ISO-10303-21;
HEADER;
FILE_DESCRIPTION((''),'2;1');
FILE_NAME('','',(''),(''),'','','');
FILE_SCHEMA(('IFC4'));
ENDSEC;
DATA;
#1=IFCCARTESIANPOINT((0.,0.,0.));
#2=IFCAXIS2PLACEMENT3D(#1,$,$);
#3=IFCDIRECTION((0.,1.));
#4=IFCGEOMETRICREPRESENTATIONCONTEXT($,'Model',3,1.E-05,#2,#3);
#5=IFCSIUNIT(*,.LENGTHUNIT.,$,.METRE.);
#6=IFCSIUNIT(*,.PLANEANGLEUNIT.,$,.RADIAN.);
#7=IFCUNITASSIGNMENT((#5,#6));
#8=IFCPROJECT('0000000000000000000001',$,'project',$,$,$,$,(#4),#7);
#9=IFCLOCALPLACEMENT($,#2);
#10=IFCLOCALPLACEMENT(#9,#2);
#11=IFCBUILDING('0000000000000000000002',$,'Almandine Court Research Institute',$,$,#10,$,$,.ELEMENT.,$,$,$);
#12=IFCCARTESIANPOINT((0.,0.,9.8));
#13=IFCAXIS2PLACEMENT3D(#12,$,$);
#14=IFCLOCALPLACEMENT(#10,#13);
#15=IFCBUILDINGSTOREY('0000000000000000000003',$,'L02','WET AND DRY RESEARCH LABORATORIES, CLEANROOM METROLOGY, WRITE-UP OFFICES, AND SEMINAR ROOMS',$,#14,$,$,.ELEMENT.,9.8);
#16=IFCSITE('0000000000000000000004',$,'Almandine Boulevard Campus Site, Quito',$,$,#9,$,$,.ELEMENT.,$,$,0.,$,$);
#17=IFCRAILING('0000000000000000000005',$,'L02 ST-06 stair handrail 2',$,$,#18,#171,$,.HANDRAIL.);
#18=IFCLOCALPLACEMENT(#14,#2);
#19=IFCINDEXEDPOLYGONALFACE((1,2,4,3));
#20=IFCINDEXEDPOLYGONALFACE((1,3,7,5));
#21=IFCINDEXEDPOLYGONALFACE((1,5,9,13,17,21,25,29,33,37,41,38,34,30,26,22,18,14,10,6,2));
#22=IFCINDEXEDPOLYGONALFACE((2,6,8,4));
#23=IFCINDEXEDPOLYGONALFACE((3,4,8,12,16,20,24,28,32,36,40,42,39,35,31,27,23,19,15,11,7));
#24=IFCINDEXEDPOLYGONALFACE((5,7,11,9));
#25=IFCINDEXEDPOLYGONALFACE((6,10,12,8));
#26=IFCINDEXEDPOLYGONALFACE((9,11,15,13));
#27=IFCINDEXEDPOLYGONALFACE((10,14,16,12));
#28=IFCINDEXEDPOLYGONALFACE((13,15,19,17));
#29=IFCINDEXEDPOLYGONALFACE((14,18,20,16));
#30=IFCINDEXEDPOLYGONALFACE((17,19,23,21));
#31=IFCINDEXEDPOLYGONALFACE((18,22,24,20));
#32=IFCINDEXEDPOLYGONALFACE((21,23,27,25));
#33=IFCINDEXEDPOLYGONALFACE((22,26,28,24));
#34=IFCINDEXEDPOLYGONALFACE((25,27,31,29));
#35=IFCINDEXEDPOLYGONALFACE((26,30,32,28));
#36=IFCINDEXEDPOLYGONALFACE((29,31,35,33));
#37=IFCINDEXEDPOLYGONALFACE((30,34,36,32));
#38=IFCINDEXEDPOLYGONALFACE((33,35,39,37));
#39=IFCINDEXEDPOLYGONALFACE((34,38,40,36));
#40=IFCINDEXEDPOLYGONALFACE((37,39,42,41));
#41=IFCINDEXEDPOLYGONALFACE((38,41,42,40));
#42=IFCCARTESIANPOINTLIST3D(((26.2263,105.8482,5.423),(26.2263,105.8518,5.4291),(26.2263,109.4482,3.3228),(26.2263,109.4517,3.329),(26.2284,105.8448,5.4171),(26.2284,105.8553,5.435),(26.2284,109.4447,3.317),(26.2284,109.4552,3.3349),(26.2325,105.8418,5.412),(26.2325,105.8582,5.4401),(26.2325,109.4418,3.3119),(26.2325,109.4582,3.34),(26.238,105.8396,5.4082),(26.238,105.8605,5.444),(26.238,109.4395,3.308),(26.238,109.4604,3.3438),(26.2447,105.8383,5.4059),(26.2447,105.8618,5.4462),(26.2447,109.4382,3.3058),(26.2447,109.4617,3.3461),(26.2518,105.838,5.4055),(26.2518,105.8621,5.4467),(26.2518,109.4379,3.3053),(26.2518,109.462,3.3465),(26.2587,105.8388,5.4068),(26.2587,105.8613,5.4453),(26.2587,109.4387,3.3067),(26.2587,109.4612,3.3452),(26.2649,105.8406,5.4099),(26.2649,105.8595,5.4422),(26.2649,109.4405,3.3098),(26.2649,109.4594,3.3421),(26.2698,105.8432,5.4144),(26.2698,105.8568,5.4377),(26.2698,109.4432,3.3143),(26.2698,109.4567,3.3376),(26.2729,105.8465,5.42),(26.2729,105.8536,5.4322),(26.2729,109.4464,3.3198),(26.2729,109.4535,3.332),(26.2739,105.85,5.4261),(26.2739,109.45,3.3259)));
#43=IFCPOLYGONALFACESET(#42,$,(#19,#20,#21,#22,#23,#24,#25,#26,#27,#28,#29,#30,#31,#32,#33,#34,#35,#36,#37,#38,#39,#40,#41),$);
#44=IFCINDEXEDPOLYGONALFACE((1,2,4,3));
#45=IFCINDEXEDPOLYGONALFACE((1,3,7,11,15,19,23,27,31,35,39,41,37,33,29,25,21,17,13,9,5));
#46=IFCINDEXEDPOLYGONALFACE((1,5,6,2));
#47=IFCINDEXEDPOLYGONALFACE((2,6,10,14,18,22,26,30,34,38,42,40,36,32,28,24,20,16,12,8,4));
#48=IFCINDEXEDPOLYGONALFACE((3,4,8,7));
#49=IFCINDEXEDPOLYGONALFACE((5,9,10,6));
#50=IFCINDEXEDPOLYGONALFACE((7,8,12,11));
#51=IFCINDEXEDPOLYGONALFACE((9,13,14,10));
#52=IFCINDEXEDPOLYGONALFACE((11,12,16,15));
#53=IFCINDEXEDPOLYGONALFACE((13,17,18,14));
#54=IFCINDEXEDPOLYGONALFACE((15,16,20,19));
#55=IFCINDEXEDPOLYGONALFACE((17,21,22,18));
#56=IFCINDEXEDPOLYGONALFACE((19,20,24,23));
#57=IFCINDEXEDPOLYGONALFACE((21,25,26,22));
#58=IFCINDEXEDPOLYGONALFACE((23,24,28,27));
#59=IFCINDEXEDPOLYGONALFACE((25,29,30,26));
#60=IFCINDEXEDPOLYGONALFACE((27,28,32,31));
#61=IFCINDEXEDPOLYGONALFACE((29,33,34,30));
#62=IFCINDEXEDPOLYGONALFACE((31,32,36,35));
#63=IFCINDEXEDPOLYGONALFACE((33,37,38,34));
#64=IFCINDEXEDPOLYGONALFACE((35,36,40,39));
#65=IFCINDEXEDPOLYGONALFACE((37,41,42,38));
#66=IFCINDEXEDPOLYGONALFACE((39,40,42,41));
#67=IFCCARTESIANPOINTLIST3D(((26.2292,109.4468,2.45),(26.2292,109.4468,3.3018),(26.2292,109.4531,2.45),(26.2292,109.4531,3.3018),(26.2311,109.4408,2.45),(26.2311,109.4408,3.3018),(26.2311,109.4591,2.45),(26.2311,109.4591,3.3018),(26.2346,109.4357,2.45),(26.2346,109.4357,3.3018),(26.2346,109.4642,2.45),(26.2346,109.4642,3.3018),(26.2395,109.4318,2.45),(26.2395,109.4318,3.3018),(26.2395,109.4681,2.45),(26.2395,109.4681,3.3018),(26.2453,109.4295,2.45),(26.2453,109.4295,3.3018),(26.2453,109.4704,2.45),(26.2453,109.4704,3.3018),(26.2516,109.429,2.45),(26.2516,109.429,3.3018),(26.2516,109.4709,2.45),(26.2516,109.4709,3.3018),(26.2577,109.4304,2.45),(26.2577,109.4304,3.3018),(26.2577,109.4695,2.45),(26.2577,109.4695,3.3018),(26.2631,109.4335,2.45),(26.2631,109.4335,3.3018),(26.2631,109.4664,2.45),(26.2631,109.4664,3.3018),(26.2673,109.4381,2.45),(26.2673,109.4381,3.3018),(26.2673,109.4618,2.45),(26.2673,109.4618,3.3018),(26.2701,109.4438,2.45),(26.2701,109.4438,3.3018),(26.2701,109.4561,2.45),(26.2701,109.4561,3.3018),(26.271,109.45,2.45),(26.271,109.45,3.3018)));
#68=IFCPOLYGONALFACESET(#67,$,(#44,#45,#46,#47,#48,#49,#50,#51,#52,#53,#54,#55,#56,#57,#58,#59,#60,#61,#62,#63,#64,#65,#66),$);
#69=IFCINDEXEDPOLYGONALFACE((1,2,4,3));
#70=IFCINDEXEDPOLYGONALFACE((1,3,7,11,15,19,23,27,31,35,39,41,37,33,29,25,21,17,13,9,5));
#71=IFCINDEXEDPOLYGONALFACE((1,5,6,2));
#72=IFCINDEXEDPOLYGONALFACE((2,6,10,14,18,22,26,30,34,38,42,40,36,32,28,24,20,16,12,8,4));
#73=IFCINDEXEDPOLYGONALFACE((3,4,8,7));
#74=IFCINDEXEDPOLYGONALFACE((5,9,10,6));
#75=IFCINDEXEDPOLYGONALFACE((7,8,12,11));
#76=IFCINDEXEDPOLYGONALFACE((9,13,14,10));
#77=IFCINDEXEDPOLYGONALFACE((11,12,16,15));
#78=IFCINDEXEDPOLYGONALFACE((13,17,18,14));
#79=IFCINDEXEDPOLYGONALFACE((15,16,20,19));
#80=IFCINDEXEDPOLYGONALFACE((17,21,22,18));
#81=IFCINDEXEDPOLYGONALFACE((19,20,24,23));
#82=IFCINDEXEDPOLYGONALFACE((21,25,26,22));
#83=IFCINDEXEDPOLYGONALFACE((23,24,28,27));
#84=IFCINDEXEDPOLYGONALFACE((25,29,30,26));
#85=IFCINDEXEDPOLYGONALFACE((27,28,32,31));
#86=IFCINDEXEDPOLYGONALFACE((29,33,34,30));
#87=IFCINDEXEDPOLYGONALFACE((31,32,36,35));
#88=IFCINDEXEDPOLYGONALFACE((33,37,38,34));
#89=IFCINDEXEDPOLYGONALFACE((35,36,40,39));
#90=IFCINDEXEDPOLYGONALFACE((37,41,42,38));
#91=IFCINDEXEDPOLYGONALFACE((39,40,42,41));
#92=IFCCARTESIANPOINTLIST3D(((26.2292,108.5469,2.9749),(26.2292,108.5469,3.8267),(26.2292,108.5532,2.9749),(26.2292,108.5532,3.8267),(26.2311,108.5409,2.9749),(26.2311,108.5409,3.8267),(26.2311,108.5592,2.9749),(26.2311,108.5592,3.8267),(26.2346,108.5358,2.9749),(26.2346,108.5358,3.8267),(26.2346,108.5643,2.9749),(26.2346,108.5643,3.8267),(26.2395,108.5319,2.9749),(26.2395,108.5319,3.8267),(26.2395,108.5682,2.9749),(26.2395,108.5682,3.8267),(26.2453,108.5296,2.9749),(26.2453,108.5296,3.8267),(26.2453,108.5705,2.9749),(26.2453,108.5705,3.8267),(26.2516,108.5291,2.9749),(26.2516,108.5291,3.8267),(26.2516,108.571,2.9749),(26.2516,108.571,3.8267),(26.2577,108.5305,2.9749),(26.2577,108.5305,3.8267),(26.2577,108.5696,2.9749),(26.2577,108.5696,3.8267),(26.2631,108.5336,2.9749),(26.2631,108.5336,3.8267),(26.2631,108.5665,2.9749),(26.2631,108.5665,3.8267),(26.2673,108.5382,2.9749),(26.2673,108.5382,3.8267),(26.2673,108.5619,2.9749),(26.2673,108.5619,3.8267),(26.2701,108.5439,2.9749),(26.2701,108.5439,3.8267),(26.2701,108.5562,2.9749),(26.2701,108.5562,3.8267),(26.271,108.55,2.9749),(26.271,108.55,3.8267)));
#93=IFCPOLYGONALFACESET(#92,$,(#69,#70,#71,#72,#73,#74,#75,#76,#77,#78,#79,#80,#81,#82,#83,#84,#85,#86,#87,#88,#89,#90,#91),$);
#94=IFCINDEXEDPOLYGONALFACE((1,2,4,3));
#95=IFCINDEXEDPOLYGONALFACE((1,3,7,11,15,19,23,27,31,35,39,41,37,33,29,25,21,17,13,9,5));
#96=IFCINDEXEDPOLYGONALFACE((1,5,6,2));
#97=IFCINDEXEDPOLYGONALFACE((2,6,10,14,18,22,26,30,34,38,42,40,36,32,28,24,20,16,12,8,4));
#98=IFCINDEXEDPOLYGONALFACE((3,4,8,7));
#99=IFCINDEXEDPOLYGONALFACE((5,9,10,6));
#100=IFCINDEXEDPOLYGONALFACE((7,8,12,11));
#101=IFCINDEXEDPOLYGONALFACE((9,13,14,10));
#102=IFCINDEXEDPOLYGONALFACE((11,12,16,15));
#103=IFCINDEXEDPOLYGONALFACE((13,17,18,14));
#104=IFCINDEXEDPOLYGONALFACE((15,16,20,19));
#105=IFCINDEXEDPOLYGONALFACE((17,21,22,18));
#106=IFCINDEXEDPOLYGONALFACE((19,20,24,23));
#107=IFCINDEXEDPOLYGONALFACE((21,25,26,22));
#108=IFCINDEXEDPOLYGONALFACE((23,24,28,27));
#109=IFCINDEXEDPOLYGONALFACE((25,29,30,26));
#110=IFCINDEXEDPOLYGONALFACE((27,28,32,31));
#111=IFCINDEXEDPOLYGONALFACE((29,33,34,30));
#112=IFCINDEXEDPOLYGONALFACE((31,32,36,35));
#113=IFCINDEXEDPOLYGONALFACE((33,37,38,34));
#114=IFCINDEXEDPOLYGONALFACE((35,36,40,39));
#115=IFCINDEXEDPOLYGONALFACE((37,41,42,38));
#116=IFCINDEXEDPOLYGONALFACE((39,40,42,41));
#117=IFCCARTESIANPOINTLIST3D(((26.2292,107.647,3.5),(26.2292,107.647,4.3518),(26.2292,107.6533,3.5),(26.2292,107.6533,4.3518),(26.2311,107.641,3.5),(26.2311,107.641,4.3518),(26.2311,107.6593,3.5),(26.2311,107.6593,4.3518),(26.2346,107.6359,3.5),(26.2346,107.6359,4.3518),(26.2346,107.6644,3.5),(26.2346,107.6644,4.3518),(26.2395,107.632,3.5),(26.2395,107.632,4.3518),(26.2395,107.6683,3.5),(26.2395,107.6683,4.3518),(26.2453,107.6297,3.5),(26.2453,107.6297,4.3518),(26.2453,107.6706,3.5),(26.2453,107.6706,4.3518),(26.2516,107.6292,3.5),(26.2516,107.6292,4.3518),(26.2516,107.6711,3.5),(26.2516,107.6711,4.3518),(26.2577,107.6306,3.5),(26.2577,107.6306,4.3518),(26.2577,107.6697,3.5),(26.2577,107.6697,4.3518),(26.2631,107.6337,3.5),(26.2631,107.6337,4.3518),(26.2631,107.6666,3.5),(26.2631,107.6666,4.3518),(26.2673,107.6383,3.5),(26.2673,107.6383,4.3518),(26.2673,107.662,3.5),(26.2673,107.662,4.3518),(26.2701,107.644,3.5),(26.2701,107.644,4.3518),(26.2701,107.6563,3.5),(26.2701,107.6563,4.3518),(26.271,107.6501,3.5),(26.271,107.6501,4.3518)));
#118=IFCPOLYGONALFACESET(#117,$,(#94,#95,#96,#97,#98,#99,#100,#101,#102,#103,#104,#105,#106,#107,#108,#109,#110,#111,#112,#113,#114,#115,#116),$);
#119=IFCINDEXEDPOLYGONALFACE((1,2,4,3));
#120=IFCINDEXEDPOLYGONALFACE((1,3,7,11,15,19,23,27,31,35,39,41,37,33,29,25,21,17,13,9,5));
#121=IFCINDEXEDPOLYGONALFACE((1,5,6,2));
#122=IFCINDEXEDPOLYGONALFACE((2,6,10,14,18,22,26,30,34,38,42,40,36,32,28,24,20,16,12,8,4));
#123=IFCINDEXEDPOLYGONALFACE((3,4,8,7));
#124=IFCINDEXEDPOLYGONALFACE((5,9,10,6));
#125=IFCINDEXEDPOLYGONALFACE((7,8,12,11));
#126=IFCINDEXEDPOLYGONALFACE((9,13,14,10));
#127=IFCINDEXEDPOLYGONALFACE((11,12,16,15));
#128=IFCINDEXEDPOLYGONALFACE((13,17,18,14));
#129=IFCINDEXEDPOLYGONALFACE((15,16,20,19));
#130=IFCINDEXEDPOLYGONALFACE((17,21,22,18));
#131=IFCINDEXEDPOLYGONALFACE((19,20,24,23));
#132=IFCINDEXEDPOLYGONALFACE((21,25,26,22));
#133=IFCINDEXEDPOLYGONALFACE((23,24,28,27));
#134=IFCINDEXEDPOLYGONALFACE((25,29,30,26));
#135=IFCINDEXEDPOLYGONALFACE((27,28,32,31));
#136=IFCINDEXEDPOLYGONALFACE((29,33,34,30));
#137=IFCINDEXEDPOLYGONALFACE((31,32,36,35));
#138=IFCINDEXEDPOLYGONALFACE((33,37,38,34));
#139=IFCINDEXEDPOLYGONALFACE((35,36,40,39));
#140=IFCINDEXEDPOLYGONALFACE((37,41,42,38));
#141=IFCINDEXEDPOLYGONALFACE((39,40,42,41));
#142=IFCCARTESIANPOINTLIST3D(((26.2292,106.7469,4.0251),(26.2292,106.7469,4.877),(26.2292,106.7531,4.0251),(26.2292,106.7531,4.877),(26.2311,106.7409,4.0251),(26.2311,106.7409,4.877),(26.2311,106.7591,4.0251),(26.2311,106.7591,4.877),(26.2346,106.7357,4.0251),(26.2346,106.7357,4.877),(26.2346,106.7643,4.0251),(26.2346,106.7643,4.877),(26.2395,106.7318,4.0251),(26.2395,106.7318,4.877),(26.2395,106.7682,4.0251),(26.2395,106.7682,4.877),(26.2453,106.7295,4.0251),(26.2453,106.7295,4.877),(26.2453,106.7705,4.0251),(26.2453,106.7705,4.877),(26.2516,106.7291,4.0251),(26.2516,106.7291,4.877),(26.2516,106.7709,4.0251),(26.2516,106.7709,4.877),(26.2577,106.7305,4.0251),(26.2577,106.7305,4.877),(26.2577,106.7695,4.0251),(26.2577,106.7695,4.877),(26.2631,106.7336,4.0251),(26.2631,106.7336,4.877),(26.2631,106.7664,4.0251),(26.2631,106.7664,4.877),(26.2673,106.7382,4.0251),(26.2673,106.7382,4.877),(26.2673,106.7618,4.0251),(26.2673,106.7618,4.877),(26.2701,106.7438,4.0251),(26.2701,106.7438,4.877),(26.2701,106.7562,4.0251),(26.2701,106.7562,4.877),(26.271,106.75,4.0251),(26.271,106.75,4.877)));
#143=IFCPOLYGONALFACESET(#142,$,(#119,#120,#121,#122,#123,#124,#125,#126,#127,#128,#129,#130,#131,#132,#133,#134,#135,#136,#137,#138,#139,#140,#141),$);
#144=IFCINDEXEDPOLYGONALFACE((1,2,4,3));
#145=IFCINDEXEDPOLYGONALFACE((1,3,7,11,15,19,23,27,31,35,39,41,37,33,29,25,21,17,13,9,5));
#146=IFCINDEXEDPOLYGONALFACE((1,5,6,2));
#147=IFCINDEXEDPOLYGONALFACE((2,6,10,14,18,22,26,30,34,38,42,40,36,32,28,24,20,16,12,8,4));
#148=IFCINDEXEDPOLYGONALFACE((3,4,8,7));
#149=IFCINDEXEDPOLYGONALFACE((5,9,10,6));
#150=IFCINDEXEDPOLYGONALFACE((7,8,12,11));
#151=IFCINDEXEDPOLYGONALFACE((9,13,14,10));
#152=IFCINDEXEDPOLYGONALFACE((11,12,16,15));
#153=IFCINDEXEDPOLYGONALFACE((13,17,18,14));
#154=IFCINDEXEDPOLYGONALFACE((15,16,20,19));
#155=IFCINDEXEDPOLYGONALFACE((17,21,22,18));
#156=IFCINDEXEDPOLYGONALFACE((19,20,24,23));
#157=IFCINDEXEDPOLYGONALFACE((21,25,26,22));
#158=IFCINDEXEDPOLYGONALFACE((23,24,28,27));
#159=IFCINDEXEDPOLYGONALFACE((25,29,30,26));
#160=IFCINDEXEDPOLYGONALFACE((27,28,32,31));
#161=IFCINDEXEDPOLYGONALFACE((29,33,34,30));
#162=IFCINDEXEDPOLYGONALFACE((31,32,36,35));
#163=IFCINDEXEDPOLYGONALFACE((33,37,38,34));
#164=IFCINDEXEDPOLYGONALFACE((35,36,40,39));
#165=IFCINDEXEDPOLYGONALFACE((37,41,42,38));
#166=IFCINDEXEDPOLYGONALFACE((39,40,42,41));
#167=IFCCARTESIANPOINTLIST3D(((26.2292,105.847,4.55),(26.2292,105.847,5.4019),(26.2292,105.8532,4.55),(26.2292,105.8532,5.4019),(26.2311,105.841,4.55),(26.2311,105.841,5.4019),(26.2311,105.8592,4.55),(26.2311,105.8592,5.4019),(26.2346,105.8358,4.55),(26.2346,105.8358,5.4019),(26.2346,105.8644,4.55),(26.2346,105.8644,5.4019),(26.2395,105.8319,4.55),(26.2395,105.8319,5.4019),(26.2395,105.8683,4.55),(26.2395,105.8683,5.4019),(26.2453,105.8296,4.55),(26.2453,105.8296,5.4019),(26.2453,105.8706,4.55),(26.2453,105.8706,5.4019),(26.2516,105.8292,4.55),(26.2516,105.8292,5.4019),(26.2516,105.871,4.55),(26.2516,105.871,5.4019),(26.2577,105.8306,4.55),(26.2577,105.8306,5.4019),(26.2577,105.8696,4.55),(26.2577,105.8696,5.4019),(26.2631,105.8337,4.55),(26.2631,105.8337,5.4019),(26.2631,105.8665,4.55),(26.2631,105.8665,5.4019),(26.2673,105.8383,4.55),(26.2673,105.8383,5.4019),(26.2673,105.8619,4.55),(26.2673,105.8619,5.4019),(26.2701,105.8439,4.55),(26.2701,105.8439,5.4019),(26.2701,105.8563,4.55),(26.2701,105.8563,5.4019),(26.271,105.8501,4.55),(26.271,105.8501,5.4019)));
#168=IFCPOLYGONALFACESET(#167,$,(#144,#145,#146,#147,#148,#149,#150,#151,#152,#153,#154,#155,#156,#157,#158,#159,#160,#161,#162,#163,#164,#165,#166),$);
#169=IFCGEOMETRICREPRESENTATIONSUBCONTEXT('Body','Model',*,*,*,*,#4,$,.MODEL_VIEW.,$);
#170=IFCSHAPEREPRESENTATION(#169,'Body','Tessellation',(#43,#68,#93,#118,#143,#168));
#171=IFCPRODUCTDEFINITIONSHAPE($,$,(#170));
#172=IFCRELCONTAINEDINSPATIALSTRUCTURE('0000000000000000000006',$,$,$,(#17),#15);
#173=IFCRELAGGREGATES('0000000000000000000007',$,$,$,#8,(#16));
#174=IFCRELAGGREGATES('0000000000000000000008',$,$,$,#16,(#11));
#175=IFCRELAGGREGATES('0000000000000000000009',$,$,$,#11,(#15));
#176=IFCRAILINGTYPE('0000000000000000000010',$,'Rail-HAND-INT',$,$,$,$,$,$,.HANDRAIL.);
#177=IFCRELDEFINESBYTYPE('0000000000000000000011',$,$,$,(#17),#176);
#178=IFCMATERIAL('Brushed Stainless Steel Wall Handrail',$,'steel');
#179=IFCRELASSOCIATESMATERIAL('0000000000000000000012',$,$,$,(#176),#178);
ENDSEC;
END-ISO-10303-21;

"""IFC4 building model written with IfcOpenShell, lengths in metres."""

from ifc_helpers import new_model, si_unit, direction, frame, origin, origin_2d, place, context, subcontext, project, spatial, circle, extrude, material, type_object, element, save


model = new_model("IFC4")

# Units and contexts
model_context = context("Model", 3, precision=1e-05, world=origin(), true_north=direction((0.0, 1.0)))
body_context = subcontext(model_context, "Body", "Model", "MODEL_VIEW")
ifc_project = project(units=[si_unit("LENGTHUNIT", "METRE"), si_unit("PLANEANGLEUNIT", "RADIAN")], contexts=[model_context])

# Site, building, storey
site_placement = place(None, origin())
site = spatial("IfcSite", under=ifc_project, at=site_placement, Name="Almandine Boulevard Campus Site, Quito", CompositionType="ELEMENT", RefElevation=0.0)
building_placement = place(site_placement, origin())
building = spatial("IfcBuilding", under=site, at=building_placement, Name="Almandine Court Research Institute", CompositionType="ELEMENT")
storey_placement = place(building_placement, frame((0.0, 0.0, 9.8)))
storey = spatial("IfcBuildingStorey", under=building, at=storey_placement, Name="L02", Description="WET AND DRY RESEARCH LABORATORIES, CLEANROOM METROLOGY, WRITE-UP OFFICES, AND SEMINAR ROOMS", CompositionType="ELEMENT", Elevation=9.8)

# Railing
ifc_material_1 = material(Name="Brushed Stainless Steel Wall Handrail", Category="steel")
railing_type_1 = type_object("IfcRailingType", Name="Rail-HAND-INT", PredefinedType="HANDRAIL", material=ifc_material_1)
railing_1_placement = place(storey_placement, frame((26.25, 109.45, 2.45)))
element("IfcRailing", 1, at=railing_1_placement, inside=storey, type_object=railing_type_1, Name="L02 ST-06 stair handrail 2", PredefinedType="HANDRAIL", context=body_context, shape_type="SweptSolid", body=[
    extrude(circle(Radius=0.0239, at=origin_2d()), frame((0.0, 0.0, 0.876), z_axis=(0.0, -0.86376, 0.503904), x_axis=(1.0, 0.0, 0.0)), (0.0, 0.0, 1.0), 4.1677),
    extrude(circle(Radius=0.021, at=origin_2d()), origin(), (0.0, 0.0, 1.0), 0.8518),
    extrude(circle(Radius=0.021, at=origin_2d()), frame((0.0, -0.8999, 0.5249)), (0.0, 0.0, 1.0), 0.8518),
    extrude(circle(Radius=0.021, at=origin_2d()), frame((0.0, -1.7998, 1.05)), (0.0, 0.0, 1.0), 0.8518),
    extrude(circle(Radius=0.021, at=origin_2d()), frame((0.0, -2.7, 1.5752)), (0.0, 0.0, 1.0), 0.8518),
    extrude(circle(Radius=0.021, at=origin_2d()), frame((0.0, -3.5999, 2.1001)), (0.0, 0.0, 1.0), 0.8518),
])

save(model, "model.ifc")
